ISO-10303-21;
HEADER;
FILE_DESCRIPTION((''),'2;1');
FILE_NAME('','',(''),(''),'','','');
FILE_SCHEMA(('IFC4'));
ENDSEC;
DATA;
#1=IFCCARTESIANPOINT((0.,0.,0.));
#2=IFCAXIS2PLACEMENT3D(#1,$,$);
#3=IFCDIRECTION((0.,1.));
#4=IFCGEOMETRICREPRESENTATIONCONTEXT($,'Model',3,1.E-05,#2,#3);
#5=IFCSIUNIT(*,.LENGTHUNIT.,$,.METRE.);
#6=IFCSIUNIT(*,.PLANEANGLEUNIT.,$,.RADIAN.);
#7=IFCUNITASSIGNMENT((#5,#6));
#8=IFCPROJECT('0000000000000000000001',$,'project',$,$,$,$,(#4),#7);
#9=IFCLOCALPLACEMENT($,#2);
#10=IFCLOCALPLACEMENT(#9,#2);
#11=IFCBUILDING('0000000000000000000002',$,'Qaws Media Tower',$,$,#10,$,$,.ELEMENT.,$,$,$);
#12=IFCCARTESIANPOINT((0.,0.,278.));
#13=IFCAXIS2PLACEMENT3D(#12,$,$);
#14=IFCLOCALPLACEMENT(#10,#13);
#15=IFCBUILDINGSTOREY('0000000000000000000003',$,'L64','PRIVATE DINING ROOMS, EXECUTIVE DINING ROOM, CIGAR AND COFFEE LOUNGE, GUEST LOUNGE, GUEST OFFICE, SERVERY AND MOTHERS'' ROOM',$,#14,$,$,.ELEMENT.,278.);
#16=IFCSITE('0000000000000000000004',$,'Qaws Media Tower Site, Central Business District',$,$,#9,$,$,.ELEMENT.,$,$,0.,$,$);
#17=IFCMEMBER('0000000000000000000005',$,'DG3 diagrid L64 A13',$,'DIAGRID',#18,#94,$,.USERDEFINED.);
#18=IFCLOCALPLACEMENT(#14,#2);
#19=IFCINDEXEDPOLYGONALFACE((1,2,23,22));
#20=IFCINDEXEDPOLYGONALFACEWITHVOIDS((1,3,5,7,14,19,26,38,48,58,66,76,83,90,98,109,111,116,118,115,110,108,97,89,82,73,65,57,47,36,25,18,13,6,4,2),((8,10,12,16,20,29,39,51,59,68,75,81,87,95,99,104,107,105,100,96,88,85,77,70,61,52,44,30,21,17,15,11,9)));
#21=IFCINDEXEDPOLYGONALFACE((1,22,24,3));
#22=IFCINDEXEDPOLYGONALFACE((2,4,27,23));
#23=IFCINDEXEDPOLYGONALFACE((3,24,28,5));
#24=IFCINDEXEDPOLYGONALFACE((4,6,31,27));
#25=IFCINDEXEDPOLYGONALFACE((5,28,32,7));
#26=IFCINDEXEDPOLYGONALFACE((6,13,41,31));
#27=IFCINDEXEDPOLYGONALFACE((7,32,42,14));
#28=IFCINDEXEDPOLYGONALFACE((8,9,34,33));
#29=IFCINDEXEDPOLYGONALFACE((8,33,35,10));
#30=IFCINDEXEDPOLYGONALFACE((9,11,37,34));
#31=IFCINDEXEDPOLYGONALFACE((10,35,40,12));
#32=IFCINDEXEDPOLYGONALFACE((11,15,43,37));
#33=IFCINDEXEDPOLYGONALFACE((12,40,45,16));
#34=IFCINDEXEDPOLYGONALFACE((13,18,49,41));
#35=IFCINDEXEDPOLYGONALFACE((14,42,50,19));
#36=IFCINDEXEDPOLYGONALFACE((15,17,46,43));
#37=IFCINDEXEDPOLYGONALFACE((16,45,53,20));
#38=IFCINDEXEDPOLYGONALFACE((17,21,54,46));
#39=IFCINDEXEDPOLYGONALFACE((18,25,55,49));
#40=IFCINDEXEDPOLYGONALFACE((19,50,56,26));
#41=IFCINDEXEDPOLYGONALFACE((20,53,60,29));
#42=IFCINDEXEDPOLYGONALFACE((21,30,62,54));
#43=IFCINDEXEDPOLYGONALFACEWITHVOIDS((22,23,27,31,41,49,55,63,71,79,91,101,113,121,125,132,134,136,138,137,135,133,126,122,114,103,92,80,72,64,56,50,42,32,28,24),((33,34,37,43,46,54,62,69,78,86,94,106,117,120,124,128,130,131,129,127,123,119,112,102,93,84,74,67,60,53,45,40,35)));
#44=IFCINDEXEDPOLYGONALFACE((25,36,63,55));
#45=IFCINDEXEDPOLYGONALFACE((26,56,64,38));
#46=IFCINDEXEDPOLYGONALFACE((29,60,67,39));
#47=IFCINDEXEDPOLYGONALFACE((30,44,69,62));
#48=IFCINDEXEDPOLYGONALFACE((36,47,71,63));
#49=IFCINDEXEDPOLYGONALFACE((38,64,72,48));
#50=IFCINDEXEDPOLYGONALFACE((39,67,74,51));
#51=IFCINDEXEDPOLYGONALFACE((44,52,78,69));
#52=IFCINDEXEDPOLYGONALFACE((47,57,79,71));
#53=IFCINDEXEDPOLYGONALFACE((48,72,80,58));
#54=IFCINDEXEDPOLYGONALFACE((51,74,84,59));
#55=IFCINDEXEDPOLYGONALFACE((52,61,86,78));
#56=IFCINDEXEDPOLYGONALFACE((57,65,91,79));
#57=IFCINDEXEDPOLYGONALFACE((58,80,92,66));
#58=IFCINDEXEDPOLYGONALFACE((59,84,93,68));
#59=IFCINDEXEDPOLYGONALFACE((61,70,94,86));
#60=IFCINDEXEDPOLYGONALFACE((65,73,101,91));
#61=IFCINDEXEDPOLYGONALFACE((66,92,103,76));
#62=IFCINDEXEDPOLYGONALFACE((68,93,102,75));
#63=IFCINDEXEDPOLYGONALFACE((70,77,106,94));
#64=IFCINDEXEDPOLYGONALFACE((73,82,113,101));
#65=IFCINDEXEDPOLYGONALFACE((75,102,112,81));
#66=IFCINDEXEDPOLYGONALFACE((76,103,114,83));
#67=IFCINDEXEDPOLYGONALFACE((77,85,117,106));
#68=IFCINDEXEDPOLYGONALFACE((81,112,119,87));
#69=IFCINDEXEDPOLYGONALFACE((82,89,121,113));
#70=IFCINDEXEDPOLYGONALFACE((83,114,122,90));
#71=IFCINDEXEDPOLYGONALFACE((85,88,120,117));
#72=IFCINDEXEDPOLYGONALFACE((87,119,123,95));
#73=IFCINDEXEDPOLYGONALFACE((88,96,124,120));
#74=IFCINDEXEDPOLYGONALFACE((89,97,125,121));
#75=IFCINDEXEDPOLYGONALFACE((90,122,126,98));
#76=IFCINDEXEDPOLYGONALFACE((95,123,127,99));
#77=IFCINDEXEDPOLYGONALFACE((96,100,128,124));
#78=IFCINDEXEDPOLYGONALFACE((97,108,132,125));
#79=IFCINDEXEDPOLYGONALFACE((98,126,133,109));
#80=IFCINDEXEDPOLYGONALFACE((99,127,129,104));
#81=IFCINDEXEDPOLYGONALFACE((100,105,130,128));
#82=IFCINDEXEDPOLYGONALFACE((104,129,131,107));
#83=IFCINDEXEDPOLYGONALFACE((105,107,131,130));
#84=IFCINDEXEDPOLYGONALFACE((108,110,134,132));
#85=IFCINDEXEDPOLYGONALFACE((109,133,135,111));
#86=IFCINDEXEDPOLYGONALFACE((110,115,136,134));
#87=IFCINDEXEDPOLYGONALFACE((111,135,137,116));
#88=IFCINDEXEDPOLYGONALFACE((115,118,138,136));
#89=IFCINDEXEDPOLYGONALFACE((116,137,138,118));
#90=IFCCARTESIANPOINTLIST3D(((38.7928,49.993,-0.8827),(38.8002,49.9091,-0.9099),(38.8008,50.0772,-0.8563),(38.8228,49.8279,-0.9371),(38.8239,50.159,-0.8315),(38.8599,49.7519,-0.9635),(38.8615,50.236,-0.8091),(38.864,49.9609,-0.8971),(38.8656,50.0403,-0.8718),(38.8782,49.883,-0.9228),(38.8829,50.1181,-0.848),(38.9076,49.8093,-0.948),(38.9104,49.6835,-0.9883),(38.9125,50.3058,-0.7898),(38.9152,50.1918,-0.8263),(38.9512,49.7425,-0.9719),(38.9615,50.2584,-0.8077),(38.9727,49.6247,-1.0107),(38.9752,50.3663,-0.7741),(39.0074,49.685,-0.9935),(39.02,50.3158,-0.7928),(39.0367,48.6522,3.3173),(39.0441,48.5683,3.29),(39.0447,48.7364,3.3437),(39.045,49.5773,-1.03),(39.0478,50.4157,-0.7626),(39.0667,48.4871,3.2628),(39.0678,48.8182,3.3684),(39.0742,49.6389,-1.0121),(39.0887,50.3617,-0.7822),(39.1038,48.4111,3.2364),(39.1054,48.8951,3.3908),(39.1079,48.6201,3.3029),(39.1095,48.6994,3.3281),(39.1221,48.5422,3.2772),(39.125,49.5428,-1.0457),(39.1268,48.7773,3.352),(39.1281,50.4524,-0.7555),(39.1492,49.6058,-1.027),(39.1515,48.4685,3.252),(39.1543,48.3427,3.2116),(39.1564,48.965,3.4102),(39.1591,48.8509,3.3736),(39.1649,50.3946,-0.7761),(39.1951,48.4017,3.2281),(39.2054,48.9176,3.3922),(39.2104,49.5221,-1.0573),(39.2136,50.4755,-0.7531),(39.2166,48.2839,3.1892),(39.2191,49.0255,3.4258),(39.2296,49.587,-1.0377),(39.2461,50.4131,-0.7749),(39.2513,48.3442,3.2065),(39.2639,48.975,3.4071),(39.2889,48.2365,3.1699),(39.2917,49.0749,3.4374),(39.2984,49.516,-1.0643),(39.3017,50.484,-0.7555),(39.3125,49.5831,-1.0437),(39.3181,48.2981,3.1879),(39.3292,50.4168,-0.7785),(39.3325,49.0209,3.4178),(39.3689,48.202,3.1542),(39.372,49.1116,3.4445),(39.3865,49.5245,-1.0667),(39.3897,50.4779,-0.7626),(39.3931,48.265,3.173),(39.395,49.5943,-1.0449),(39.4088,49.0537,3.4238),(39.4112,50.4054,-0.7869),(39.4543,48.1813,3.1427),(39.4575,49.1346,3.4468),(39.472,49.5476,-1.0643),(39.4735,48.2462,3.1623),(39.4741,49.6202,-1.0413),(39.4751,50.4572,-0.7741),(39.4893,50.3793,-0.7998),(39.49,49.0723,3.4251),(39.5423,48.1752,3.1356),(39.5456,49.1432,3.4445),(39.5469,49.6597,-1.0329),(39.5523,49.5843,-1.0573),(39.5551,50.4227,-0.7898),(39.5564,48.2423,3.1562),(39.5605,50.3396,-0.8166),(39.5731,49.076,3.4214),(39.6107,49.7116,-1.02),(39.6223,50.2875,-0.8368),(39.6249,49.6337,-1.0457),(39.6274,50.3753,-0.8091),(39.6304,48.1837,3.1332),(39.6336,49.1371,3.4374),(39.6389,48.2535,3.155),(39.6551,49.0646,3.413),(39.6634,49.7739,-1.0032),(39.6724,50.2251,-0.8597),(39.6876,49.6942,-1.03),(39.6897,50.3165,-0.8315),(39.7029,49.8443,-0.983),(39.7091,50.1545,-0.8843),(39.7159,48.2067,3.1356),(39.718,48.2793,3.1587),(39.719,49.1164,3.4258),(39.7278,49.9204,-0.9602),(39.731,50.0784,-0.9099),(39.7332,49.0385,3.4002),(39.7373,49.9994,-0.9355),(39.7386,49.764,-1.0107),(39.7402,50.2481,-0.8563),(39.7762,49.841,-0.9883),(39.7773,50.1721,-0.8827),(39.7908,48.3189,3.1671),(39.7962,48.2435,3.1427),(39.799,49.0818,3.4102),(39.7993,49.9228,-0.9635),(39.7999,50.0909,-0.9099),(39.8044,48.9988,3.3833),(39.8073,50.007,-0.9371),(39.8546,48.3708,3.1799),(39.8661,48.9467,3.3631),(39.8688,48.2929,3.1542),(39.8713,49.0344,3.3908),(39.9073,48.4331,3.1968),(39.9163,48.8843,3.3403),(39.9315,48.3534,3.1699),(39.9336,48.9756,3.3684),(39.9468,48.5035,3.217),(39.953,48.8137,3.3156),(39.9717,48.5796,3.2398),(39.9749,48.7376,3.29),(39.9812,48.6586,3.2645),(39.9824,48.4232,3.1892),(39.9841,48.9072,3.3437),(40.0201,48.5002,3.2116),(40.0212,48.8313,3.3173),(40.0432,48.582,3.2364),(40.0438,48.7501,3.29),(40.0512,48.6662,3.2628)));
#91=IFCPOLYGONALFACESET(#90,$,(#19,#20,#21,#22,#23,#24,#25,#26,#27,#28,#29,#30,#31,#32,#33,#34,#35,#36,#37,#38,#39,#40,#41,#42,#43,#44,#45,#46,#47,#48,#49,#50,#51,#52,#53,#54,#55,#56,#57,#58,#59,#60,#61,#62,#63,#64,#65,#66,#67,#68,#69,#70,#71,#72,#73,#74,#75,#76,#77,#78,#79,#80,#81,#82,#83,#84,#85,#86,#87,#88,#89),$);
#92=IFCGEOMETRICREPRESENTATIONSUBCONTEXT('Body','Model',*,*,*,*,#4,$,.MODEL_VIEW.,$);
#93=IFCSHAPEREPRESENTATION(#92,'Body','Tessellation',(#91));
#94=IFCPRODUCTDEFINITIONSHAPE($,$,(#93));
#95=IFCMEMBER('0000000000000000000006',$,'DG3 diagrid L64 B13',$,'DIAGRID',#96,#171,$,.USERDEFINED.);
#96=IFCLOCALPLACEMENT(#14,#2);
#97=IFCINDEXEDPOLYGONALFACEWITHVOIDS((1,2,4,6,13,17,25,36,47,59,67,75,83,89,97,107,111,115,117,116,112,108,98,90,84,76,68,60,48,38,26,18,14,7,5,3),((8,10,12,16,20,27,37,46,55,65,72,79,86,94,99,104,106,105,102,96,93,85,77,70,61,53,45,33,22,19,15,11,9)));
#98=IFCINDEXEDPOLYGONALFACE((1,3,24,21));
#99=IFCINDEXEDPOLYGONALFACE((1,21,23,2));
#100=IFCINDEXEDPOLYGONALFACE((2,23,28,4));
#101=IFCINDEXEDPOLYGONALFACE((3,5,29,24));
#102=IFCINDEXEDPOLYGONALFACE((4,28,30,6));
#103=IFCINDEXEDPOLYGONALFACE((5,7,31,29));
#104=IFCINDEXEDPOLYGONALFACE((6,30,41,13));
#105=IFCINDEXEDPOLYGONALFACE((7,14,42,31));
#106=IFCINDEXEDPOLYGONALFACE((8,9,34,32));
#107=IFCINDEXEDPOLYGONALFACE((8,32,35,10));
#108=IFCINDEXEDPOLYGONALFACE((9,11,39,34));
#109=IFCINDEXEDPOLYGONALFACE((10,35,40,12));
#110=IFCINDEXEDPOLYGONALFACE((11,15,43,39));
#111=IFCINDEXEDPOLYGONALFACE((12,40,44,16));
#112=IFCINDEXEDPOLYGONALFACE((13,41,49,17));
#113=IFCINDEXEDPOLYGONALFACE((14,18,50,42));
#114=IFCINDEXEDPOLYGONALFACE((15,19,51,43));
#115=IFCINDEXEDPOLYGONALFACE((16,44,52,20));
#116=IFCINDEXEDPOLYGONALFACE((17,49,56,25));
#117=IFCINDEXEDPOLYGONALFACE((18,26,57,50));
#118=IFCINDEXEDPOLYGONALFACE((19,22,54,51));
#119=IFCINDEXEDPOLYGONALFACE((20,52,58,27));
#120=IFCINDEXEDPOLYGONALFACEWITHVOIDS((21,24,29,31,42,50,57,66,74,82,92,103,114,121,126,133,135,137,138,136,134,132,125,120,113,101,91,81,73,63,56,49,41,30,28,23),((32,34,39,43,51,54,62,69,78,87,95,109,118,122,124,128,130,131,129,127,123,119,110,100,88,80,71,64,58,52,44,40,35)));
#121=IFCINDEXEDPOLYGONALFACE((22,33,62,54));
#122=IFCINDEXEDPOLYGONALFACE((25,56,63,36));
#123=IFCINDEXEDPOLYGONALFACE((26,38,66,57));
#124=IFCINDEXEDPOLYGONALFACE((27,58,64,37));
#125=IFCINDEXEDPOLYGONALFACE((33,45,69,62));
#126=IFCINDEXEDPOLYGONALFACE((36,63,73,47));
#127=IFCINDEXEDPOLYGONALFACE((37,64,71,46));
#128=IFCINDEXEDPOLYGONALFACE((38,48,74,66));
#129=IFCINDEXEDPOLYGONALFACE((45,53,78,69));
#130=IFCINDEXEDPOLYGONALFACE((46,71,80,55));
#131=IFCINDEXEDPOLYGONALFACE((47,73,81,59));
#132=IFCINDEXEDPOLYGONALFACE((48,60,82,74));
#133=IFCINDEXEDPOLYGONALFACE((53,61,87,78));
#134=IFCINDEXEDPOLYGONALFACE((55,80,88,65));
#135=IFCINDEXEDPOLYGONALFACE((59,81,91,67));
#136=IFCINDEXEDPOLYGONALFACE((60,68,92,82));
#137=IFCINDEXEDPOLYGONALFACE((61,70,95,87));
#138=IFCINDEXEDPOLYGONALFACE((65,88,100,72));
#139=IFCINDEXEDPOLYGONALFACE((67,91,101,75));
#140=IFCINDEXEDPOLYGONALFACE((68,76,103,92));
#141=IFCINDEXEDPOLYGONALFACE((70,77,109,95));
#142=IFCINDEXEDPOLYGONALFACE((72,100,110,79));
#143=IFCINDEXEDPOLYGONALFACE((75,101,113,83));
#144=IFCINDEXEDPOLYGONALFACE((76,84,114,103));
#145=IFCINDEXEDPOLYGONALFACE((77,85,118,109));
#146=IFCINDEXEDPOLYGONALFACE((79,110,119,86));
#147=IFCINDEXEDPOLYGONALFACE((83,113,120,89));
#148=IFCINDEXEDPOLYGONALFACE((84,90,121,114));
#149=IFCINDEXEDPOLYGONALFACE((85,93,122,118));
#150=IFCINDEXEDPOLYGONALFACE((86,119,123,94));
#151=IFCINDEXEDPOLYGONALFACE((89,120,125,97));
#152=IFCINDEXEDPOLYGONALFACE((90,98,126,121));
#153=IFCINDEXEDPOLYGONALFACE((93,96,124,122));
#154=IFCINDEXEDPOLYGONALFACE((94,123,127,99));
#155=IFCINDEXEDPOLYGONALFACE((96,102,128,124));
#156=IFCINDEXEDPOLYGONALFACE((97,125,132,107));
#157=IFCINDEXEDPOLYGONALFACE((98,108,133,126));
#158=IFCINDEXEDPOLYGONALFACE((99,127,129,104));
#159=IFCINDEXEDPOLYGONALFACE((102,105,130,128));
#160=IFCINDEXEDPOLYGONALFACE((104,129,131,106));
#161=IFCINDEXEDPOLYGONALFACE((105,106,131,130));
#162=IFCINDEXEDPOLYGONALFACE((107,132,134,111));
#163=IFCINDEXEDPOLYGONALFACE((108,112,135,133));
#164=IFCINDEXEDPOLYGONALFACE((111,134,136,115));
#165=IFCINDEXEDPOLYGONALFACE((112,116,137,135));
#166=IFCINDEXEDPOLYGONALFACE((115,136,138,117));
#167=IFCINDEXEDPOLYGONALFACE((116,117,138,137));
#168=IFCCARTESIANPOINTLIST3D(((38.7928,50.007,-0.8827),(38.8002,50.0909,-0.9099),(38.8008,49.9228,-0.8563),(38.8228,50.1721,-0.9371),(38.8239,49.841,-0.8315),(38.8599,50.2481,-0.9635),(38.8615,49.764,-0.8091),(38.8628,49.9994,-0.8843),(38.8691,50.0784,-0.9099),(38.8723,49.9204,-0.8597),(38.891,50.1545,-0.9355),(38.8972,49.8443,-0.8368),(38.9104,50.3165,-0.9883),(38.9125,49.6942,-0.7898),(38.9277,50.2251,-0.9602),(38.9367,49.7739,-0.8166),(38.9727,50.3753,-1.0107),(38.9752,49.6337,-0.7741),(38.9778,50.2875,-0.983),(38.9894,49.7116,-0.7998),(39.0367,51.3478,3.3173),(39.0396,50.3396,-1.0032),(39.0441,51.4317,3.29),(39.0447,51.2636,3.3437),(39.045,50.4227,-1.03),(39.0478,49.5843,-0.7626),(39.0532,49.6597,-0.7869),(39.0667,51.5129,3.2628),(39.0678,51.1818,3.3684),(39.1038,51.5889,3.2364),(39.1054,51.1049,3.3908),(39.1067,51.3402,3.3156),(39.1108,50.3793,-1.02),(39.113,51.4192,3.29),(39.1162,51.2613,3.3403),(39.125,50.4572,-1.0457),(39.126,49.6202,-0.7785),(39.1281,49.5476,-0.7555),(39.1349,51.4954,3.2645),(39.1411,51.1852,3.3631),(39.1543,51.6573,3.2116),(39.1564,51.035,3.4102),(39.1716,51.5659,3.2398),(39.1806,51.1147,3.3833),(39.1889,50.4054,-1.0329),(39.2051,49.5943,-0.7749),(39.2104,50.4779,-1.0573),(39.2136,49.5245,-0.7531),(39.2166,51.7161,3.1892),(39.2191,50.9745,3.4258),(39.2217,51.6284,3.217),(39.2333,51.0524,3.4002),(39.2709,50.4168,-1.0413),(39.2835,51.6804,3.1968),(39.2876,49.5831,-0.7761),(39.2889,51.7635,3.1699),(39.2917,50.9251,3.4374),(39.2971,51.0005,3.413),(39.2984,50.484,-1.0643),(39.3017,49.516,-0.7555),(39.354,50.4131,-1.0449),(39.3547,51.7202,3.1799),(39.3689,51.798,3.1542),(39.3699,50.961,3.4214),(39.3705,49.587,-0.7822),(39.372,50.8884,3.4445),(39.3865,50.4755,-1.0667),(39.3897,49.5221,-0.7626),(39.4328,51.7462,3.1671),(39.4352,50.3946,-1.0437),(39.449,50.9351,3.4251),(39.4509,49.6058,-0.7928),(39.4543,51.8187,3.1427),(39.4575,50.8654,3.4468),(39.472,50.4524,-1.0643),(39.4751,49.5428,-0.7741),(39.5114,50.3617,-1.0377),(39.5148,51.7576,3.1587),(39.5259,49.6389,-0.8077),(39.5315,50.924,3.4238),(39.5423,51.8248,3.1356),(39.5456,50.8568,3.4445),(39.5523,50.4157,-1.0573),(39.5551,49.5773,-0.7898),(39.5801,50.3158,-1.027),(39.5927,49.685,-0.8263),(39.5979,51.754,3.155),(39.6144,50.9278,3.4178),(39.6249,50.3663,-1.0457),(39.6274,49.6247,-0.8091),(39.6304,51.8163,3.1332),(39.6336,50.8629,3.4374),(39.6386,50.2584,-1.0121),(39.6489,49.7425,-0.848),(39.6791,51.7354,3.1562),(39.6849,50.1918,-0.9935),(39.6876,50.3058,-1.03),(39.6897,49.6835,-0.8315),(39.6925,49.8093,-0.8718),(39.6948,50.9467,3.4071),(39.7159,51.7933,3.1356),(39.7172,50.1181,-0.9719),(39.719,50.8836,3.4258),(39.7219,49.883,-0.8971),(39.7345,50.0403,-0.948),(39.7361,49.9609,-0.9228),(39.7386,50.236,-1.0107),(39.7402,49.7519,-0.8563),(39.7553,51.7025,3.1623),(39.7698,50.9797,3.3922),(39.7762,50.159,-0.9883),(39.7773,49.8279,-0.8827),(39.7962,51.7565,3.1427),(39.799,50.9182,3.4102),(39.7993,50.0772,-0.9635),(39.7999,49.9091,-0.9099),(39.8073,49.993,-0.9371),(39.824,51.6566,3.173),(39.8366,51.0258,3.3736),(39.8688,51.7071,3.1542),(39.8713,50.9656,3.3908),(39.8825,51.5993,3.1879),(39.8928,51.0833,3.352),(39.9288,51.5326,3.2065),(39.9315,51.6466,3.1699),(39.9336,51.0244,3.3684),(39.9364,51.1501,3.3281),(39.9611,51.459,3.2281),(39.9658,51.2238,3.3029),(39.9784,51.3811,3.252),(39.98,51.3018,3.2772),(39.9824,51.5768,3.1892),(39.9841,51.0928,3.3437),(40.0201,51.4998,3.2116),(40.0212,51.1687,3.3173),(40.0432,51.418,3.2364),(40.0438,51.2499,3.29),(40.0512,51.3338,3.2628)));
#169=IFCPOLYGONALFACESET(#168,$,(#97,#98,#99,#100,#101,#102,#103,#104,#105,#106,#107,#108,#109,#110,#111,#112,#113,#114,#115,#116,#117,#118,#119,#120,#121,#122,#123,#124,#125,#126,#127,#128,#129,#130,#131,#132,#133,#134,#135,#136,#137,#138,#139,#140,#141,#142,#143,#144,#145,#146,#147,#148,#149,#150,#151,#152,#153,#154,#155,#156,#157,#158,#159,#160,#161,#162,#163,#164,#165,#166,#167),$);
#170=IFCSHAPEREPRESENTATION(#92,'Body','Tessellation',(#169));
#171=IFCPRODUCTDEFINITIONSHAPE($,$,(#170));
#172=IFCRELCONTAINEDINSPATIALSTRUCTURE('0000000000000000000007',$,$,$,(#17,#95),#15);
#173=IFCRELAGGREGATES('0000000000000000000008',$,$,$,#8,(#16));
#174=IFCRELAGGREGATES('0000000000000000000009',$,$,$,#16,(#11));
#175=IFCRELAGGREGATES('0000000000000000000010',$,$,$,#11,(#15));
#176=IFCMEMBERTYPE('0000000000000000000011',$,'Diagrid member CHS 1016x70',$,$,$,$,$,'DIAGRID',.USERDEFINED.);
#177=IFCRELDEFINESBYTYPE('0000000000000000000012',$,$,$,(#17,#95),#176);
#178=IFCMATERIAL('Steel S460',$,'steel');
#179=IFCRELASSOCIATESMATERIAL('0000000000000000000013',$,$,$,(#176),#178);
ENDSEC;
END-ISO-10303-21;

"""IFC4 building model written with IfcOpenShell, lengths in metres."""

from ifc_helpers import new_model, si_unit, direction, frame, origin, origin_2d, place, context, subcontext, project, spatial, hollow_circle, extrude, material, material_profile, profile_set, type_object, element, save


model = new_model("IFC4")

# Units and contexts
model_context = context("Model", 3, precision=1e-05, world=origin(), true_north=direction((0.0, 1.0)))
body_context = subcontext(model_context, "Body", "Model", "MODEL_VIEW")
ifc_project = project(units=[si_unit("LENGTHUNIT", "METRE"), si_unit("PLANEANGLEUNIT", "RADIAN")], contexts=[model_context])

# Site, building, storey
site_placement = place(None, origin())
site = spatial("IfcSite", under=ifc_project, at=site_placement, Name="Qaws Media Tower Site, Central Business District", CompositionType="ELEMENT", RefElevation=0.0)
building_placement = place(site_placement, origin())
building = spatial("IfcBuilding", under=site, at=building_placement, Name="Qaws Media Tower", CompositionType="ELEMENT")
storey_placement = place(building_placement, frame((0.0, 0.0, 278.0)))
storey = spatial("IfcBuildingStorey", under=building, at=storey_placement, Name="L64", Description="PRIVATE DINING ROOMS, EXECUTIVE DINING ROOM, CIGAR AND COFFEE LOUNGE, GUEST LOUNGE, GUEST OFFICE, SERVERY AND MOTHERS' ROOM", CompositionType="ELEMENT", Elevation=278.0)

# Members
ifc_material_1 = material(Name="Steel S460", Category="steel")
ifc_material_profile_1 = material_profile(ifc_material_1, hollow_circle(Radius=0.5081, WallThickness=0.0701, at=origin_2d()), Name="CHS 1016x70")
ifc_profile_set_1 = profile_set([ifc_material_profile_1], Name="Steel S460")
member_type_1 = type_object("IfcMemberType", Name="Diagrid member CHS 1016x70", ElementType="DIAGRID", PredefinedType="USERDEFINED", material=ifc_profile_set_1)
for number, where, z_axis, x_axis, name in (
    (1, (39.3, 50.0, -0.9099), (0.055236, -0.30366, 0.951178), (0.983856, 0.178964, 0.0), "DG3 diagrid L64 A13"),
    (2, (39.3, 50.0, -0.9099), (0.055236, 0.30366, 0.951178), (-0.983856, 0.178964, 0.0), "DG3 diagrid L64 B13"),
):
    element("IfcMember", number, at=place(storey_placement, frame(where, z_axis=z_axis, x_axis=x_axis)), inside=storey, type_object=member_type_1, Name=name, ObjectType="DIAGRID", PredefinedType="USERDEFINED", context=body_context, shape_type="SweptSolid", body=[
        extrude(hollow_circle(Radius=0.5081, WallThickness=0.0701, at=origin_2d()), origin(), (0.0, 0.0, 1.0), 4.4155),
    ])

save(model, "model.ifc")
